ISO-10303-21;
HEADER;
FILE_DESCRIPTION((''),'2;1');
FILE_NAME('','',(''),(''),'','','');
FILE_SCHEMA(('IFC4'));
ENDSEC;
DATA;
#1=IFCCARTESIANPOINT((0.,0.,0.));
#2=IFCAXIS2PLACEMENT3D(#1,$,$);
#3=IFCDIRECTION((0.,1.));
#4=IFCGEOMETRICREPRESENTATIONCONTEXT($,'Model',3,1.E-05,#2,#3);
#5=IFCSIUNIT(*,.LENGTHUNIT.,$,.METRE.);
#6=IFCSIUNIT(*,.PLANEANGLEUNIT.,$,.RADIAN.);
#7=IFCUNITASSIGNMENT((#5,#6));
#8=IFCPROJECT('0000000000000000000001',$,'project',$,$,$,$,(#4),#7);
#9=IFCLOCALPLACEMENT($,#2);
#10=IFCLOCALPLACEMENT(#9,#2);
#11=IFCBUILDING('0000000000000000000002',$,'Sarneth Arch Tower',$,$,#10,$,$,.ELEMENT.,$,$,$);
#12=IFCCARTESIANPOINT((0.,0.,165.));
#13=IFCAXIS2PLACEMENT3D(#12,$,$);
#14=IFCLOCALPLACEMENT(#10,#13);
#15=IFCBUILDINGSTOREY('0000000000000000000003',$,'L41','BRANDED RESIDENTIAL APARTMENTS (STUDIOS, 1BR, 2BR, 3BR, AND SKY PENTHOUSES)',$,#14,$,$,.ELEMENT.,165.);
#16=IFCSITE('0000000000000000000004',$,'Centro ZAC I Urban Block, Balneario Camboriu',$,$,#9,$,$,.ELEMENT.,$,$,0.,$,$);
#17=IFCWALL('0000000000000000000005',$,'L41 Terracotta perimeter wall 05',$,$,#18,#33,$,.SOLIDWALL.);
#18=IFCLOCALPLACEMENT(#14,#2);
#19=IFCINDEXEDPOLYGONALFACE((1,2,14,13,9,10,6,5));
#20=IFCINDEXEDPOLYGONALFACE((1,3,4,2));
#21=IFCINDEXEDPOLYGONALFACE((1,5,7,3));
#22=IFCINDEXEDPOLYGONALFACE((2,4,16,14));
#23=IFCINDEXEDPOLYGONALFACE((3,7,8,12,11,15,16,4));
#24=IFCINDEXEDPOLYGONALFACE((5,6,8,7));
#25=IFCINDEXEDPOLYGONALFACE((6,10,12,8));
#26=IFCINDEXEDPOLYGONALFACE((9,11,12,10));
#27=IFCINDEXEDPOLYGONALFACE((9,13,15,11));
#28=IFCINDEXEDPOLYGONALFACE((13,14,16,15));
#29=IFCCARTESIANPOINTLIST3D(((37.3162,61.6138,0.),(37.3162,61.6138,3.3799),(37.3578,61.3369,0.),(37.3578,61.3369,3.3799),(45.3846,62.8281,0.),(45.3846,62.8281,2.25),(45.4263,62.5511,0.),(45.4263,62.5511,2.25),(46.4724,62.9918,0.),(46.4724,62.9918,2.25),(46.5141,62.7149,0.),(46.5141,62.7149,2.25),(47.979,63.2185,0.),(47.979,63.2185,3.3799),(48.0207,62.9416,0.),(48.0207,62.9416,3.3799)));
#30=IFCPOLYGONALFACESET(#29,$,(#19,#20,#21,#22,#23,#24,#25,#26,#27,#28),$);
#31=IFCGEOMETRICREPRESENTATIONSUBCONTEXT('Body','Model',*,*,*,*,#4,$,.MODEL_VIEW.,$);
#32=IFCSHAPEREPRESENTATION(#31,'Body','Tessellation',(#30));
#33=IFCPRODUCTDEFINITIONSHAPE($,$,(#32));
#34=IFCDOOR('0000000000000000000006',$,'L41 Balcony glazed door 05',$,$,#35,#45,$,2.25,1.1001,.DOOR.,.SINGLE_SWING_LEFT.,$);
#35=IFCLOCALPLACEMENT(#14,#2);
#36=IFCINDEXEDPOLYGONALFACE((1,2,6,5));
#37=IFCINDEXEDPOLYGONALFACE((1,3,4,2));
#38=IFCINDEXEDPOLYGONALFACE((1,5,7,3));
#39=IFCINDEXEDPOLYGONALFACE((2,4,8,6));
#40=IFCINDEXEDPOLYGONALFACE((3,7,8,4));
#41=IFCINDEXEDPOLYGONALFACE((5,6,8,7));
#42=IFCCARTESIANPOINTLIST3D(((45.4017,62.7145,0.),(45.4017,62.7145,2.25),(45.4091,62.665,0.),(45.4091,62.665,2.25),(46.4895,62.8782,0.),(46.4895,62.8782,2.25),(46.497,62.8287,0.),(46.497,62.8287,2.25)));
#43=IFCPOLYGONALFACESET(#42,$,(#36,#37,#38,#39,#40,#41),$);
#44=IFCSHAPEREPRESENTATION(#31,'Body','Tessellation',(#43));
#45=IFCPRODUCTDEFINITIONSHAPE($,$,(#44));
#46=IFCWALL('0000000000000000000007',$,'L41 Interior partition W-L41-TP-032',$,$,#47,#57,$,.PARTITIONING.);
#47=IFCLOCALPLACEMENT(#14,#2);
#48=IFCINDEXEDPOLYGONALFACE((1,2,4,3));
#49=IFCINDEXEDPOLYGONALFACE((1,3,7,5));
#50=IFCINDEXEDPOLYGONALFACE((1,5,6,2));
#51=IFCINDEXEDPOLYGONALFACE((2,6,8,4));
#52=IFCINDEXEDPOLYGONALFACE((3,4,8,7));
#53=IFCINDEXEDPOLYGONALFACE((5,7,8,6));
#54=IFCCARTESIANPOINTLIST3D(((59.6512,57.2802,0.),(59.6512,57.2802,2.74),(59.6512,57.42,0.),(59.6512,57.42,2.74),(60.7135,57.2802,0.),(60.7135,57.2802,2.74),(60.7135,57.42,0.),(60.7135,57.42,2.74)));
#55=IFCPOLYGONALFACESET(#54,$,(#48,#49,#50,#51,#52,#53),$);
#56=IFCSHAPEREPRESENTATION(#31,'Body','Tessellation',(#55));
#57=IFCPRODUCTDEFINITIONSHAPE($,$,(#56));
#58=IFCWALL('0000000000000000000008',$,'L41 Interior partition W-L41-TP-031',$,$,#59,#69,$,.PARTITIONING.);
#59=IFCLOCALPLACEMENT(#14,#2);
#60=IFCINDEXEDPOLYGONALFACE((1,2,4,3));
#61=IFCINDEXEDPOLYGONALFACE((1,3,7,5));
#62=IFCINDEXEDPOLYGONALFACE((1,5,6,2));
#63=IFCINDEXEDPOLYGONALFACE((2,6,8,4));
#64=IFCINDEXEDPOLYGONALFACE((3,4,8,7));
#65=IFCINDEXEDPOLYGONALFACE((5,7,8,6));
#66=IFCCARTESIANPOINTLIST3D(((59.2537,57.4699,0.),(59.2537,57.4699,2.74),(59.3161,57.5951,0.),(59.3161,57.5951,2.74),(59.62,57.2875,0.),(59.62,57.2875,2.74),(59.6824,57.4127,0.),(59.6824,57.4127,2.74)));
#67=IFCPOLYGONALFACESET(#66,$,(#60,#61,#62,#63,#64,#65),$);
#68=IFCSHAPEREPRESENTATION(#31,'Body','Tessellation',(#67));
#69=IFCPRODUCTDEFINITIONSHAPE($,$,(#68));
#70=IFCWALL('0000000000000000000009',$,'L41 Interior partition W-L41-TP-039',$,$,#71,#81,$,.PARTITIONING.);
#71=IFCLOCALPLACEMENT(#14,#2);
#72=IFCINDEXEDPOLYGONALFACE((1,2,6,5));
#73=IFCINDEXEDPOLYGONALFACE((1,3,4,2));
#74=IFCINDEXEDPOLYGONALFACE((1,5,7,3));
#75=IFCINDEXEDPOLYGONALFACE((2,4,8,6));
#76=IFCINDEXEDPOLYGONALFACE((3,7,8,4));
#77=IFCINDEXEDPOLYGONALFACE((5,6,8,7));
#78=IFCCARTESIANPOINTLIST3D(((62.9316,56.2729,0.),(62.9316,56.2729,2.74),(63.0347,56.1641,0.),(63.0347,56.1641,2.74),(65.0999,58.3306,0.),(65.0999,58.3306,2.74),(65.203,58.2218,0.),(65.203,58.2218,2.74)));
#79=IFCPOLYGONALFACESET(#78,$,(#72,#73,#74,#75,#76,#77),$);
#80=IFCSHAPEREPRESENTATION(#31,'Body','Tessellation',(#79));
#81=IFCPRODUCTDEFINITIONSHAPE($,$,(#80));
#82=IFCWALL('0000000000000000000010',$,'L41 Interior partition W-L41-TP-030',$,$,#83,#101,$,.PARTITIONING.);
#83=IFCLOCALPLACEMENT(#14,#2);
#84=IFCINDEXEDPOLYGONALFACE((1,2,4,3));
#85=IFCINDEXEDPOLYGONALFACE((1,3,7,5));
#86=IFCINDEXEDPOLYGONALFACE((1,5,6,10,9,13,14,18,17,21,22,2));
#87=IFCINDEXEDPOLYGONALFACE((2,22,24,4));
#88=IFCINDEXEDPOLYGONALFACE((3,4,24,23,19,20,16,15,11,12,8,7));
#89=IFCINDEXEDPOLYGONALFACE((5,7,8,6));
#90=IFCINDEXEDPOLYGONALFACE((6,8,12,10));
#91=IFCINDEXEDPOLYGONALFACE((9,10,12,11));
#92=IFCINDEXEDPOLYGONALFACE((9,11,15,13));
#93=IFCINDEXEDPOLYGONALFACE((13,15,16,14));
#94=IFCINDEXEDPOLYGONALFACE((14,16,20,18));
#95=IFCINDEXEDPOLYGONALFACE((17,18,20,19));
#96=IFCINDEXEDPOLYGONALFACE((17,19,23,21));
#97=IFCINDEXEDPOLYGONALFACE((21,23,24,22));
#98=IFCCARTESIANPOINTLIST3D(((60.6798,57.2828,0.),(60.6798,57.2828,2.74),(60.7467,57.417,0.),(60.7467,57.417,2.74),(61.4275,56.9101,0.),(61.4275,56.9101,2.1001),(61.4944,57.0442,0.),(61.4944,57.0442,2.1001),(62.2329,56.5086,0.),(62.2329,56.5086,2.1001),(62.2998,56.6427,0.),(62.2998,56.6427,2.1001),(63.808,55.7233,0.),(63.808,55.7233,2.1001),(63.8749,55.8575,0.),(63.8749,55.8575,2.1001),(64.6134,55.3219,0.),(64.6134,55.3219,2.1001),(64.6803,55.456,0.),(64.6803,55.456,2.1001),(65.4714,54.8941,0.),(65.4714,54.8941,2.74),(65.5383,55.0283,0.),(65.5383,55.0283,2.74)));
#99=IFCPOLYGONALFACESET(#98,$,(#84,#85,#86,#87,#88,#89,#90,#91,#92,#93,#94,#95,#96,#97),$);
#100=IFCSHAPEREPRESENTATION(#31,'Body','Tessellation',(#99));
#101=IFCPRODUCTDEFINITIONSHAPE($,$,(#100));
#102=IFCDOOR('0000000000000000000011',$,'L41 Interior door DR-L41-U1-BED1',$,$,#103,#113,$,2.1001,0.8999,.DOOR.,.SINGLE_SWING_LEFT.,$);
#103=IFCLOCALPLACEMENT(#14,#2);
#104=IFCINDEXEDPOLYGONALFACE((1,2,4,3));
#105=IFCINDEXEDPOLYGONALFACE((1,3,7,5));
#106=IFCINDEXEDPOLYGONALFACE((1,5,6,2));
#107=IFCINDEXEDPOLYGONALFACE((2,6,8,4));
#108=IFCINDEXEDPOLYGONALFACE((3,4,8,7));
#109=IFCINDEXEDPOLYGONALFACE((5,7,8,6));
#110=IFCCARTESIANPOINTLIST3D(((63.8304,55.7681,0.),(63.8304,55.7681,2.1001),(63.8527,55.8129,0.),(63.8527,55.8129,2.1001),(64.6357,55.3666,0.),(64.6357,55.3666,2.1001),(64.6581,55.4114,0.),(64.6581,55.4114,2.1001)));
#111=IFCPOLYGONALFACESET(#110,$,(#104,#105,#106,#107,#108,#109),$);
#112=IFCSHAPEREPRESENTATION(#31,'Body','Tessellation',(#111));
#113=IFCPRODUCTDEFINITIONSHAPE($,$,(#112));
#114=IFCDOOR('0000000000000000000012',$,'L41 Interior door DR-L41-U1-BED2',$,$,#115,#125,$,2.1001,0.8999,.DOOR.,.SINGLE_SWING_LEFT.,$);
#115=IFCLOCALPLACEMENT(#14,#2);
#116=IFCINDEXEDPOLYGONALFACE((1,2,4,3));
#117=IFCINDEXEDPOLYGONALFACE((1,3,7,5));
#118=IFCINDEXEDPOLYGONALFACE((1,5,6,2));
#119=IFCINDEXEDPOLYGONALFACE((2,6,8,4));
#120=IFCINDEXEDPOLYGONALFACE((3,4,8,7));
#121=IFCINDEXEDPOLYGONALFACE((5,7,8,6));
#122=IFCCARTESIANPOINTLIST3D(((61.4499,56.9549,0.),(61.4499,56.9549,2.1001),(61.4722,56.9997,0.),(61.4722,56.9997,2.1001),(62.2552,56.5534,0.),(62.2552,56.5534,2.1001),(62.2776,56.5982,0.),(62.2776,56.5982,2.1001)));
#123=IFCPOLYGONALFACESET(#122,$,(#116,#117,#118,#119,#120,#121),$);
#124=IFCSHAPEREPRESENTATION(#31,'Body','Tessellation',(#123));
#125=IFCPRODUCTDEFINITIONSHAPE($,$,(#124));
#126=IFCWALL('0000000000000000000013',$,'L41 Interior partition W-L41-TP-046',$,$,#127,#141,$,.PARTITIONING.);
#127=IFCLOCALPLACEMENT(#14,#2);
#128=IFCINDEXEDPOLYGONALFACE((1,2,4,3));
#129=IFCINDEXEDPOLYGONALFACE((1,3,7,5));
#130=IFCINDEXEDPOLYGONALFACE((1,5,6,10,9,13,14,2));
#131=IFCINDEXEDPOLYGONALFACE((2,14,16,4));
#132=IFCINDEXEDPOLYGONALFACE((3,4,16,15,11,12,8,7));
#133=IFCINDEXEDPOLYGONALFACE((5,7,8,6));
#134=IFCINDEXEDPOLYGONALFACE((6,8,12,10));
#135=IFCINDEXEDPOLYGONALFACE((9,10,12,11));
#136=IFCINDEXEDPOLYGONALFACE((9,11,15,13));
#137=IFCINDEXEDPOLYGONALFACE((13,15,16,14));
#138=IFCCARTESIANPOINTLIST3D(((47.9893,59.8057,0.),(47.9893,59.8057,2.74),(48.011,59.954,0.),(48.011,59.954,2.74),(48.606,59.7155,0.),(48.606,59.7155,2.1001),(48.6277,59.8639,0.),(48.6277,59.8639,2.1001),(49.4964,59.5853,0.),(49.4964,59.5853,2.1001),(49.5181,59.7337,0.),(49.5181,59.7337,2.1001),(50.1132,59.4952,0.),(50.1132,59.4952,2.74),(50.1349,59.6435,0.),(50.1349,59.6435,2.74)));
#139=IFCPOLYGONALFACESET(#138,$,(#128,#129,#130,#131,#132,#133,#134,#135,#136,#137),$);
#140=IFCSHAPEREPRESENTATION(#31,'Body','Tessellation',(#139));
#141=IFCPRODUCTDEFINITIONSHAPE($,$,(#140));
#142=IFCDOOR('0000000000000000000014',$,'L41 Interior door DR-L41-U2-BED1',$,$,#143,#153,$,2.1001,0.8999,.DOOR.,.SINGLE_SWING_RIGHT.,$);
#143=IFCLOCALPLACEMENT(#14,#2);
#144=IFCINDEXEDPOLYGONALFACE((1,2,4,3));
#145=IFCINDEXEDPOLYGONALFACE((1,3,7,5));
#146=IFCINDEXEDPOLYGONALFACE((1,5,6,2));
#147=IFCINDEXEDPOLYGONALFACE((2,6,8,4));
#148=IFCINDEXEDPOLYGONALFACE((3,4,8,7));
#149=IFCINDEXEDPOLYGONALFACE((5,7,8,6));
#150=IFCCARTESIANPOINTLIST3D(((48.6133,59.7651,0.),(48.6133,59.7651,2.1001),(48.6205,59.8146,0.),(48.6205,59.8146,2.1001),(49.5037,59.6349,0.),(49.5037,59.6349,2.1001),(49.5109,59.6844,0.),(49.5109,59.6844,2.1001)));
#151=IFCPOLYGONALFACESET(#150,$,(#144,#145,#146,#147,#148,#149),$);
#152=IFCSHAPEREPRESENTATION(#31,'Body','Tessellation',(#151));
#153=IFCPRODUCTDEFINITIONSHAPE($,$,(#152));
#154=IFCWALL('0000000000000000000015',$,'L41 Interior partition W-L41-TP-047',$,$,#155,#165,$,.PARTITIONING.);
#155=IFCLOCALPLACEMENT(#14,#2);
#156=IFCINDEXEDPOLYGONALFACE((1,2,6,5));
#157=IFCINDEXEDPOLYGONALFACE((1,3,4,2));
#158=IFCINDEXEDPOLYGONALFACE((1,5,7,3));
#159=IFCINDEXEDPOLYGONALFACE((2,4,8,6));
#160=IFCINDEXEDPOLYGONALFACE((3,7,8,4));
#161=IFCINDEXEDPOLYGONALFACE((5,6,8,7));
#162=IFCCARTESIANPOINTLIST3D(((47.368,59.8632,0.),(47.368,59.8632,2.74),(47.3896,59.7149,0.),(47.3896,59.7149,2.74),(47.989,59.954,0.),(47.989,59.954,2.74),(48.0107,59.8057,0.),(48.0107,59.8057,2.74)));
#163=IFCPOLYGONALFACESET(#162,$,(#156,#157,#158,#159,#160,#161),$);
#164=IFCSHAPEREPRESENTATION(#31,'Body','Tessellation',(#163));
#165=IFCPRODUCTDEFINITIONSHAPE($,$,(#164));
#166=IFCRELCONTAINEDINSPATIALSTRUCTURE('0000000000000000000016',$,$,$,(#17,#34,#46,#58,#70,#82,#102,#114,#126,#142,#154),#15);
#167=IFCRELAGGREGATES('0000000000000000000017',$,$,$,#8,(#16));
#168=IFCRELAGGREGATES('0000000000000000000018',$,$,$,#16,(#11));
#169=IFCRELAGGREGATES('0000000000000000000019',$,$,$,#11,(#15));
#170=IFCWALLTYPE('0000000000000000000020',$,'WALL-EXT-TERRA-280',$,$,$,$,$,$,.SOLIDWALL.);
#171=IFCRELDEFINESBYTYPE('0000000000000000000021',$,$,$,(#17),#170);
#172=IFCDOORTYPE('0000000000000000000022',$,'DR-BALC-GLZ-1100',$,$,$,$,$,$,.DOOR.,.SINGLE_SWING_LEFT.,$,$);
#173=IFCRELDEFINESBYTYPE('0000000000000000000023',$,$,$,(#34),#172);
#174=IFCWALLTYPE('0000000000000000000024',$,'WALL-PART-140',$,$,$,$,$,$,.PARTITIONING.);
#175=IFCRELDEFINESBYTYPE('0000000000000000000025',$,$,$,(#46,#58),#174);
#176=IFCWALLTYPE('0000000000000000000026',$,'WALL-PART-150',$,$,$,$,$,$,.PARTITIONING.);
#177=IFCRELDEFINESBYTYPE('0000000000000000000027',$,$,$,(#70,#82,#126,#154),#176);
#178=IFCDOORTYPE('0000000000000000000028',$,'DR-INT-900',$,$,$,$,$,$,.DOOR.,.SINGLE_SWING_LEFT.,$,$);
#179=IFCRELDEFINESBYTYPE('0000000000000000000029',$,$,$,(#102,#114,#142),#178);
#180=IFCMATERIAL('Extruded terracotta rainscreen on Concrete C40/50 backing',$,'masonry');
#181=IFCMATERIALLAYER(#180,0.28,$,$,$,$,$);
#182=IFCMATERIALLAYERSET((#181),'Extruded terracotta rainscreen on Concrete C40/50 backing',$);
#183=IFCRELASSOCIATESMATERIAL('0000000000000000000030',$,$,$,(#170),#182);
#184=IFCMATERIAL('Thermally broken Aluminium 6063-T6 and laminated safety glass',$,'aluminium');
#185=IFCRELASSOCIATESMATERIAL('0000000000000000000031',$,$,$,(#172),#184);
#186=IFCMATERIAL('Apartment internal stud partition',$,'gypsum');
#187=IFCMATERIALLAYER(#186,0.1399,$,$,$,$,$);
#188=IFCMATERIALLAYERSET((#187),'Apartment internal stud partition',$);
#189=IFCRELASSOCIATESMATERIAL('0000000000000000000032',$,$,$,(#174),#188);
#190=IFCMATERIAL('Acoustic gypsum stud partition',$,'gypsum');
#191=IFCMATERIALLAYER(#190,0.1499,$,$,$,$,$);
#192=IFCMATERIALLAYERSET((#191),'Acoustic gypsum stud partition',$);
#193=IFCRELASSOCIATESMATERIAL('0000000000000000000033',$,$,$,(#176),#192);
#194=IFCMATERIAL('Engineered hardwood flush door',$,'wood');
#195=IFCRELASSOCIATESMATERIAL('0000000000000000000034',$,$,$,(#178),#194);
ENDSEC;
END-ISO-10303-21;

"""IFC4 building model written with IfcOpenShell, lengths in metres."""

from ifc_helpers import new_model, si_unit, direction, frame, frame_2d, origin, place, context, subcontext, project, spatial, rectangle, extrude, material, layer, layer_set, type_object, element, fill, save


model = new_model("IFC4")

# Units and contexts
model_context = context("Model", 3, precision=1e-05, world=origin(), true_north=direction((0.0, 1.0)))
body_context = subcontext(model_context, "Body", "Model", "MODEL_VIEW")
ifc_project = project(units=[si_unit("LENGTHUNIT", "METRE"), si_unit("PLANEANGLEUNIT", "RADIAN")], contexts=[model_context])

# Site, building, storey
site_placement = place(None, origin())
site = spatial("IfcSite", under=ifc_project, at=site_placement, Name="Centro ZAC I Urban Block, Balneario Camboriu", CompositionType="ELEMENT", RefElevation=0.0)
building_placement = place(site_placement, origin())
building = spatial("IfcBuilding", under=site, at=building_placement, Name="Sarneth Arch Tower", CompositionType="ELEMENT")
storey_placement = place(building_placement, frame((0.0, 0.0, 165.0)))
storey = spatial("IfcBuildingStorey", under=building, at=storey_placement, Name="L41", Description="BRANDED RESIDENTIAL APARTMENTS (STUDIOS, 1BR, 2BR, 3BR, AND SKY PENTHOUSES)", CompositionType="ELEMENT", Elevation=165.0)

# Wall, opening, door
ifc_material_1 = material(Name="Extruded terracotta rainscreen on Concrete C40/50 backing", Category="masonry")
ifc_layer_1 = layer(ifc_material_1, 0.28)
ifc_layer_set_1 = layer_set([ifc_layer_1], Name="Extruded terracotta rainscreen on Concrete C40/50 backing")
wall_type_1 = type_object("IfcWallType", Name="WALL-EXT-TERRA-280", PredefinedType="SOLIDWALL", material=ifc_layer_set_1)
wall_1_placement = place(storey_placement, frame((48.0, 63.0801, 0.0), z_axis=(0.0, 0.0, 1.0), x_axis=(-0.988864, -0.148822, 0.0)))
wall_1 = element("IfcWall", 1, at=wall_1_placement, inside=storey, type_object=wall_type_1, Name="L41 Terracotta perimeter wall 05", PredefinedType="SOLIDWALL", context=body_context, shape_type="SweptSolid", body=[
    extrude(rectangle(XDim=10.783, YDim=0.28, at=frame_2d((5.3916, 0.0))), origin(), (0.0, 0.0, 1.0), 3.3799),
])
opening_1_placement = place(wall_1_placement, frame((1.5237, 0.0, 0.0)))
opening_1 = element("IfcOpeningElement", 2, at=opening_1_placement, cuts=wall_1, PredefinedType="OPENING", context=body_context, shape_type="SweptSolid", body=[
    extrude(rectangle(XDim=1.1001, YDim=2.25, at=frame_2d((0.55, 1.125))), frame((0.0, 0.1499, 0.0), z_axis=(0.0, -1.0, 0.0), x_axis=(1.0, 0.0, 0.0)), (0.0, 0.0, 1.0), 0.3),
])
ifc_material_2 = material(Name="Thermally broken Aluminium 6063-T6 and laminated safety glass", Category="aluminium")
door_type_1 = type_object("IfcDoorType", Name="DR-BALC-GLZ-1100", OperationType="SINGLE_SWING_LEFT", PredefinedType="DOOR", material=ifc_material_2)
door_1_placement = place(opening_1_placement, origin())
door_1 = element("IfcDoor", 3, at=door_1_placement, inside=storey, type_object=door_type_1, Name="L41 Balcony glazed door 05", OperationType="SINGLE_SWING_LEFT", OverallHeight=2.25, OverallWidth=1.1001, PredefinedType="DOOR", context=body_context, shape_type="SweptSolid", body=[
    extrude(rectangle(XDim=1.1001, YDim=2.25, at=frame_2d((0.55, 1.125))), frame((0.0, 0.0249, 0.0), z_axis=(0.0, -1.0, 0.0), x_axis=(1.0, 0.0, 0.0)), (0.0, 0.0, 1.0), 0.05),
])
fill(opening_1, door_1)

# Walls
ifc_material_3 = material(Name="Apartment internal stud partition", Category="gypsum")
ifc_layer_2 = layer(ifc_material_3, 0.1399)
ifc_layer_set_2 = layer_set([ifc_layer_2], Name="Apartment internal stud partition")
wall_type_2 = type_object("IfcWallType", Name="WALL-PART-140", PredefinedType="PARTITIONING", material=ifc_layer_set_2)
wall_2_placement = place(storey_placement, frame((59.6511, 57.3501, 0.0), z_axis=(0.0, 0.0, 1.0), x_axis=(1.0, 0.0, 0.0)))
element("IfcWall", 4, at=wall_2_placement, inside=storey, type_object=wall_type_2, Name="L41 Interior partition W-L41-TP-032", PredefinedType="PARTITIONING", context=body_context, shape_type="SweptSolid", body=[
    extrude(rectangle(XDim=1.0623, YDim=0.1399, at=frame_2d((0.5312, 0.0))), origin(), (0.0, 0.0, 1.0), 2.74),
])
wall_3_placement = place(storey_placement, frame((59.2849, 57.5325, 0.0), z_axis=(0.0, 0.0, 1.0), x_axis=(0.895142, -0.445781, 0.0)))
element("IfcWall", 5, at=wall_3_placement, inside=storey, type_object=wall_type_2, Name="L41 Interior partition W-L41-TP-031", PredefinedType="PARTITIONING", context=body_context, shape_type="SweptSolid", body=[
    extrude(rectangle(XDim=0.4092, YDim=0.1399, at=frame_2d((0.2046, 0.0))), origin(), (0.0, 0.0, 1.0), 2.74),
])
ifc_material_4 = material(Name="Acoustic gypsum stud partition", Category="gypsum")
ifc_layer_3 = layer(ifc_material_4, 0.1499)
ifc_layer_set_3 = layer_set([ifc_layer_3], Name="Acoustic gypsum stud partition")
wall_type_3 = type_object("IfcWallType", Name="WALL-PART-150", PredefinedType="PARTITIONING", material=ifc_layer_set_3)
wall_4_placement = place(storey_placement, frame((62.9832, 56.2185, 0.0), z_axis=(0.0, 0.0, 1.0), x_axis=(0.725364, 0.688365, 0.0)))
element("IfcWall", 6, at=wall_4_placement, inside=storey, type_object=wall_type_3, Name="L41 Interior partition W-L41-TP-039", PredefinedType="PARTITIONING", context=body_context, shape_type="SweptSolid", body=[
    extrude(rectangle(XDim=2.9893, YDim=0.1499, at=frame_2d((1.4946, 0.0))), origin(), (0.0, 0.0, 1.0), 2.74),
])

# Wall, openings, doors
wall_5_placement = place(storey_placement, frame((65.5049, 54.9612, 0.0), z_axis=(0.0, 0.0, 1.0), x_axis=(-0.894956, 0.446155, 0.0)))
wall_5 = element("IfcWall", 7, at=wall_5_placement, inside=storey, type_object=wall_type_3, Name="L41 Interior partition W-L41-TP-030", PredefinedType="PARTITIONING", context=body_context, shape_type="SweptSolid", body=[
    extrude(rectangle(XDim=5.354, YDim=0.1499, at=frame_2d((2.677, 0.0))), origin(), (0.0, 0.0, 1.0), 2.74),
])
opening_2_placement = place(wall_5_placement, frame((0.9587, 0.0, 0.0)))
opening_2 = element("IfcOpeningElement", 8, at=opening_2_placement, cuts=wall_5, PredefinedType="OPENING", context=body_context, shape_type="SweptSolid", body=[
    extrude(rectangle(XDim=0.8999, YDim=2.1001, at=frame_2d((0.45, 1.05))), frame((0.0, 0.085, 0.0), z_axis=(0.0, -1.0, 0.0), x_axis=(1.0, 0.0, 0.0)), (0.0, 0.0, 1.0), 0.1699),
])
opening_3_placement = place(wall_5_placement, frame((3.6187, 0.0, 0.0)))
opening_3 = element("IfcOpeningElement", 9, at=opening_3_placement, cuts=wall_5, PredefinedType="OPENING", context=body_context, shape_type="SweptSolid", body=[
    extrude(rectangle(XDim=0.8999, YDim=2.1001, at=frame_2d((0.45, 1.05))), frame((0.0, 0.085, 0.0), z_axis=(0.0, -1.0, 0.0), x_axis=(1.0, 0.0, 0.0)), (0.0, 0.0, 1.0), 0.1699),
])
ifc_material_5 = material(Name="Engineered hardwood flush door", Category="wood")
door_type_2 = type_object("IfcDoorType", Name="DR-INT-900", OperationType="SINGLE_SWING_LEFT", PredefinedType="DOOR", material=ifc_material_5)
door_2_placement = place(opening_2_placement, origin())
door_2 = element("IfcDoor", 10, at=door_2_placement, inside=storey, type_object=door_type_2, Name="L41 Interior door DR-L41-U1-BED1", OperationType="SINGLE_SWING_LEFT", OverallHeight=2.1001, OverallWidth=0.8999, PredefinedType="DOOR", context=body_context, shape_type="SweptSolid", body=[
    extrude(rectangle(XDim=0.8999, YDim=2.1001, at=frame_2d((0.45, 1.05))), frame((0.0, 0.0249, 0.0), z_axis=(0.0, -1.0, 0.0), x_axis=(1.0, 0.0, 0.0)), (0.0, 0.0, 1.0), 0.05),
])
fill(opening_2, door_2)
door_3_placement = place(opening_3_placement, origin())
door_3 = element("IfcDoor", 11, at=door_3_placement, inside=storey, type_object=door_type_2, Name="L41 Interior door DR-L41-U1-BED2", OperationType="SINGLE_SWING_LEFT", OverallHeight=2.1001, OverallWidth=0.8999, PredefinedType="DOOR", context=body_context, shape_type="SweptSolid", body=[
    extrude(rectangle(XDim=0.8999, YDim=2.1001, at=frame_2d((0.45, 1.05))), frame((0.0, 0.0249, 0.0), z_axis=(0.0, -1.0, 0.0), x_axis=(1.0, 0.0, 0.0)), (0.0, 0.0, 1.0), 0.05),
])
fill(opening_3, door_3)

# Wall, opening, door
wall_6_placement = place(storey_placement, frame((50.124, 59.5693, 0.0), z_axis=(0.0, 0.0, 1.0), x_axis=(-0.98948, 0.144669, 0.0)))
wall_6 = element("IfcWall", 12, at=wall_6_placement, inside=storey, type_object=wall_type_3, Name="L41 Interior partition W-L41-TP-046", PredefinedType="PARTITIONING", context=body_context, shape_type="SweptSolid", body=[
    extrude(rectangle(XDim=2.1465, YDim=0.1499, at=frame_2d((1.0732, 0.0))), origin(), (0.0, 0.0, 1.0), 2.74),
])
opening_4_placement = place(wall_6_placement, frame((0.6233, 0.0, 0.0)))
opening_4 = element("IfcOpeningElement", 13, at=opening_4_placement, cuts=wall_6, PredefinedType="OPENING", context=body_context, shape_type="SweptSolid", body=[
    extrude(rectangle(XDim=0.8999, YDim=2.1001, at=frame_2d((0.45, 1.05))), frame((0.0, 0.085, 0.0), z_axis=(0.0, -1.0, 0.0), x_axis=(1.0, 0.0, 0.0)), (0.0, 0.0, 1.0), 0.1699),
])
door_4_placement = place(opening_4_placement, origin())
door_4 = element("IfcDoor", 14, at=door_4_placement, inside=storey, type_object=door_type_2, Name="L41 Interior door DR-L41-U2-BED1", OperationType="SINGLE_SWING_RIGHT", OverallHeight=2.1001, OverallWidth=0.8999, PredefinedType="DOOR", context=body_context, shape_type="SweptSolid", body=[
    extrude(rectangle(XDim=0.8999, YDim=2.1001, at=frame_2d((0.45, 1.05))), frame((0.0, 0.0249, 0.0), z_axis=(0.0, -1.0, 0.0), x_axis=(1.0, 0.0, 0.0)), (0.0, 0.0, 1.0), 0.05),
])
fill(opening_4, door_4)

# Wall
wall_7_placement = place(storey_placement, frame((48.0, 59.8799, 0.0), z_axis=(0.0, 0.0, 1.0), x_axis=(-0.989477, -0.144688, 0.0)))
element("IfcWall", 15, at=wall_7_placement, inside=storey, type_object=wall_type_3, Name="L41 Interior partition W-L41-TP-047", PredefinedType="PARTITIONING", context=body_context, shape_type="SweptSolid", body=[
    extrude(rectangle(XDim=0.6277, YDim=0.1499, at=frame_2d((0.314, 0.0))), origin(), (0.0, 0.0, 1.0), 2.74),
])

save(model, "model.ifc")
